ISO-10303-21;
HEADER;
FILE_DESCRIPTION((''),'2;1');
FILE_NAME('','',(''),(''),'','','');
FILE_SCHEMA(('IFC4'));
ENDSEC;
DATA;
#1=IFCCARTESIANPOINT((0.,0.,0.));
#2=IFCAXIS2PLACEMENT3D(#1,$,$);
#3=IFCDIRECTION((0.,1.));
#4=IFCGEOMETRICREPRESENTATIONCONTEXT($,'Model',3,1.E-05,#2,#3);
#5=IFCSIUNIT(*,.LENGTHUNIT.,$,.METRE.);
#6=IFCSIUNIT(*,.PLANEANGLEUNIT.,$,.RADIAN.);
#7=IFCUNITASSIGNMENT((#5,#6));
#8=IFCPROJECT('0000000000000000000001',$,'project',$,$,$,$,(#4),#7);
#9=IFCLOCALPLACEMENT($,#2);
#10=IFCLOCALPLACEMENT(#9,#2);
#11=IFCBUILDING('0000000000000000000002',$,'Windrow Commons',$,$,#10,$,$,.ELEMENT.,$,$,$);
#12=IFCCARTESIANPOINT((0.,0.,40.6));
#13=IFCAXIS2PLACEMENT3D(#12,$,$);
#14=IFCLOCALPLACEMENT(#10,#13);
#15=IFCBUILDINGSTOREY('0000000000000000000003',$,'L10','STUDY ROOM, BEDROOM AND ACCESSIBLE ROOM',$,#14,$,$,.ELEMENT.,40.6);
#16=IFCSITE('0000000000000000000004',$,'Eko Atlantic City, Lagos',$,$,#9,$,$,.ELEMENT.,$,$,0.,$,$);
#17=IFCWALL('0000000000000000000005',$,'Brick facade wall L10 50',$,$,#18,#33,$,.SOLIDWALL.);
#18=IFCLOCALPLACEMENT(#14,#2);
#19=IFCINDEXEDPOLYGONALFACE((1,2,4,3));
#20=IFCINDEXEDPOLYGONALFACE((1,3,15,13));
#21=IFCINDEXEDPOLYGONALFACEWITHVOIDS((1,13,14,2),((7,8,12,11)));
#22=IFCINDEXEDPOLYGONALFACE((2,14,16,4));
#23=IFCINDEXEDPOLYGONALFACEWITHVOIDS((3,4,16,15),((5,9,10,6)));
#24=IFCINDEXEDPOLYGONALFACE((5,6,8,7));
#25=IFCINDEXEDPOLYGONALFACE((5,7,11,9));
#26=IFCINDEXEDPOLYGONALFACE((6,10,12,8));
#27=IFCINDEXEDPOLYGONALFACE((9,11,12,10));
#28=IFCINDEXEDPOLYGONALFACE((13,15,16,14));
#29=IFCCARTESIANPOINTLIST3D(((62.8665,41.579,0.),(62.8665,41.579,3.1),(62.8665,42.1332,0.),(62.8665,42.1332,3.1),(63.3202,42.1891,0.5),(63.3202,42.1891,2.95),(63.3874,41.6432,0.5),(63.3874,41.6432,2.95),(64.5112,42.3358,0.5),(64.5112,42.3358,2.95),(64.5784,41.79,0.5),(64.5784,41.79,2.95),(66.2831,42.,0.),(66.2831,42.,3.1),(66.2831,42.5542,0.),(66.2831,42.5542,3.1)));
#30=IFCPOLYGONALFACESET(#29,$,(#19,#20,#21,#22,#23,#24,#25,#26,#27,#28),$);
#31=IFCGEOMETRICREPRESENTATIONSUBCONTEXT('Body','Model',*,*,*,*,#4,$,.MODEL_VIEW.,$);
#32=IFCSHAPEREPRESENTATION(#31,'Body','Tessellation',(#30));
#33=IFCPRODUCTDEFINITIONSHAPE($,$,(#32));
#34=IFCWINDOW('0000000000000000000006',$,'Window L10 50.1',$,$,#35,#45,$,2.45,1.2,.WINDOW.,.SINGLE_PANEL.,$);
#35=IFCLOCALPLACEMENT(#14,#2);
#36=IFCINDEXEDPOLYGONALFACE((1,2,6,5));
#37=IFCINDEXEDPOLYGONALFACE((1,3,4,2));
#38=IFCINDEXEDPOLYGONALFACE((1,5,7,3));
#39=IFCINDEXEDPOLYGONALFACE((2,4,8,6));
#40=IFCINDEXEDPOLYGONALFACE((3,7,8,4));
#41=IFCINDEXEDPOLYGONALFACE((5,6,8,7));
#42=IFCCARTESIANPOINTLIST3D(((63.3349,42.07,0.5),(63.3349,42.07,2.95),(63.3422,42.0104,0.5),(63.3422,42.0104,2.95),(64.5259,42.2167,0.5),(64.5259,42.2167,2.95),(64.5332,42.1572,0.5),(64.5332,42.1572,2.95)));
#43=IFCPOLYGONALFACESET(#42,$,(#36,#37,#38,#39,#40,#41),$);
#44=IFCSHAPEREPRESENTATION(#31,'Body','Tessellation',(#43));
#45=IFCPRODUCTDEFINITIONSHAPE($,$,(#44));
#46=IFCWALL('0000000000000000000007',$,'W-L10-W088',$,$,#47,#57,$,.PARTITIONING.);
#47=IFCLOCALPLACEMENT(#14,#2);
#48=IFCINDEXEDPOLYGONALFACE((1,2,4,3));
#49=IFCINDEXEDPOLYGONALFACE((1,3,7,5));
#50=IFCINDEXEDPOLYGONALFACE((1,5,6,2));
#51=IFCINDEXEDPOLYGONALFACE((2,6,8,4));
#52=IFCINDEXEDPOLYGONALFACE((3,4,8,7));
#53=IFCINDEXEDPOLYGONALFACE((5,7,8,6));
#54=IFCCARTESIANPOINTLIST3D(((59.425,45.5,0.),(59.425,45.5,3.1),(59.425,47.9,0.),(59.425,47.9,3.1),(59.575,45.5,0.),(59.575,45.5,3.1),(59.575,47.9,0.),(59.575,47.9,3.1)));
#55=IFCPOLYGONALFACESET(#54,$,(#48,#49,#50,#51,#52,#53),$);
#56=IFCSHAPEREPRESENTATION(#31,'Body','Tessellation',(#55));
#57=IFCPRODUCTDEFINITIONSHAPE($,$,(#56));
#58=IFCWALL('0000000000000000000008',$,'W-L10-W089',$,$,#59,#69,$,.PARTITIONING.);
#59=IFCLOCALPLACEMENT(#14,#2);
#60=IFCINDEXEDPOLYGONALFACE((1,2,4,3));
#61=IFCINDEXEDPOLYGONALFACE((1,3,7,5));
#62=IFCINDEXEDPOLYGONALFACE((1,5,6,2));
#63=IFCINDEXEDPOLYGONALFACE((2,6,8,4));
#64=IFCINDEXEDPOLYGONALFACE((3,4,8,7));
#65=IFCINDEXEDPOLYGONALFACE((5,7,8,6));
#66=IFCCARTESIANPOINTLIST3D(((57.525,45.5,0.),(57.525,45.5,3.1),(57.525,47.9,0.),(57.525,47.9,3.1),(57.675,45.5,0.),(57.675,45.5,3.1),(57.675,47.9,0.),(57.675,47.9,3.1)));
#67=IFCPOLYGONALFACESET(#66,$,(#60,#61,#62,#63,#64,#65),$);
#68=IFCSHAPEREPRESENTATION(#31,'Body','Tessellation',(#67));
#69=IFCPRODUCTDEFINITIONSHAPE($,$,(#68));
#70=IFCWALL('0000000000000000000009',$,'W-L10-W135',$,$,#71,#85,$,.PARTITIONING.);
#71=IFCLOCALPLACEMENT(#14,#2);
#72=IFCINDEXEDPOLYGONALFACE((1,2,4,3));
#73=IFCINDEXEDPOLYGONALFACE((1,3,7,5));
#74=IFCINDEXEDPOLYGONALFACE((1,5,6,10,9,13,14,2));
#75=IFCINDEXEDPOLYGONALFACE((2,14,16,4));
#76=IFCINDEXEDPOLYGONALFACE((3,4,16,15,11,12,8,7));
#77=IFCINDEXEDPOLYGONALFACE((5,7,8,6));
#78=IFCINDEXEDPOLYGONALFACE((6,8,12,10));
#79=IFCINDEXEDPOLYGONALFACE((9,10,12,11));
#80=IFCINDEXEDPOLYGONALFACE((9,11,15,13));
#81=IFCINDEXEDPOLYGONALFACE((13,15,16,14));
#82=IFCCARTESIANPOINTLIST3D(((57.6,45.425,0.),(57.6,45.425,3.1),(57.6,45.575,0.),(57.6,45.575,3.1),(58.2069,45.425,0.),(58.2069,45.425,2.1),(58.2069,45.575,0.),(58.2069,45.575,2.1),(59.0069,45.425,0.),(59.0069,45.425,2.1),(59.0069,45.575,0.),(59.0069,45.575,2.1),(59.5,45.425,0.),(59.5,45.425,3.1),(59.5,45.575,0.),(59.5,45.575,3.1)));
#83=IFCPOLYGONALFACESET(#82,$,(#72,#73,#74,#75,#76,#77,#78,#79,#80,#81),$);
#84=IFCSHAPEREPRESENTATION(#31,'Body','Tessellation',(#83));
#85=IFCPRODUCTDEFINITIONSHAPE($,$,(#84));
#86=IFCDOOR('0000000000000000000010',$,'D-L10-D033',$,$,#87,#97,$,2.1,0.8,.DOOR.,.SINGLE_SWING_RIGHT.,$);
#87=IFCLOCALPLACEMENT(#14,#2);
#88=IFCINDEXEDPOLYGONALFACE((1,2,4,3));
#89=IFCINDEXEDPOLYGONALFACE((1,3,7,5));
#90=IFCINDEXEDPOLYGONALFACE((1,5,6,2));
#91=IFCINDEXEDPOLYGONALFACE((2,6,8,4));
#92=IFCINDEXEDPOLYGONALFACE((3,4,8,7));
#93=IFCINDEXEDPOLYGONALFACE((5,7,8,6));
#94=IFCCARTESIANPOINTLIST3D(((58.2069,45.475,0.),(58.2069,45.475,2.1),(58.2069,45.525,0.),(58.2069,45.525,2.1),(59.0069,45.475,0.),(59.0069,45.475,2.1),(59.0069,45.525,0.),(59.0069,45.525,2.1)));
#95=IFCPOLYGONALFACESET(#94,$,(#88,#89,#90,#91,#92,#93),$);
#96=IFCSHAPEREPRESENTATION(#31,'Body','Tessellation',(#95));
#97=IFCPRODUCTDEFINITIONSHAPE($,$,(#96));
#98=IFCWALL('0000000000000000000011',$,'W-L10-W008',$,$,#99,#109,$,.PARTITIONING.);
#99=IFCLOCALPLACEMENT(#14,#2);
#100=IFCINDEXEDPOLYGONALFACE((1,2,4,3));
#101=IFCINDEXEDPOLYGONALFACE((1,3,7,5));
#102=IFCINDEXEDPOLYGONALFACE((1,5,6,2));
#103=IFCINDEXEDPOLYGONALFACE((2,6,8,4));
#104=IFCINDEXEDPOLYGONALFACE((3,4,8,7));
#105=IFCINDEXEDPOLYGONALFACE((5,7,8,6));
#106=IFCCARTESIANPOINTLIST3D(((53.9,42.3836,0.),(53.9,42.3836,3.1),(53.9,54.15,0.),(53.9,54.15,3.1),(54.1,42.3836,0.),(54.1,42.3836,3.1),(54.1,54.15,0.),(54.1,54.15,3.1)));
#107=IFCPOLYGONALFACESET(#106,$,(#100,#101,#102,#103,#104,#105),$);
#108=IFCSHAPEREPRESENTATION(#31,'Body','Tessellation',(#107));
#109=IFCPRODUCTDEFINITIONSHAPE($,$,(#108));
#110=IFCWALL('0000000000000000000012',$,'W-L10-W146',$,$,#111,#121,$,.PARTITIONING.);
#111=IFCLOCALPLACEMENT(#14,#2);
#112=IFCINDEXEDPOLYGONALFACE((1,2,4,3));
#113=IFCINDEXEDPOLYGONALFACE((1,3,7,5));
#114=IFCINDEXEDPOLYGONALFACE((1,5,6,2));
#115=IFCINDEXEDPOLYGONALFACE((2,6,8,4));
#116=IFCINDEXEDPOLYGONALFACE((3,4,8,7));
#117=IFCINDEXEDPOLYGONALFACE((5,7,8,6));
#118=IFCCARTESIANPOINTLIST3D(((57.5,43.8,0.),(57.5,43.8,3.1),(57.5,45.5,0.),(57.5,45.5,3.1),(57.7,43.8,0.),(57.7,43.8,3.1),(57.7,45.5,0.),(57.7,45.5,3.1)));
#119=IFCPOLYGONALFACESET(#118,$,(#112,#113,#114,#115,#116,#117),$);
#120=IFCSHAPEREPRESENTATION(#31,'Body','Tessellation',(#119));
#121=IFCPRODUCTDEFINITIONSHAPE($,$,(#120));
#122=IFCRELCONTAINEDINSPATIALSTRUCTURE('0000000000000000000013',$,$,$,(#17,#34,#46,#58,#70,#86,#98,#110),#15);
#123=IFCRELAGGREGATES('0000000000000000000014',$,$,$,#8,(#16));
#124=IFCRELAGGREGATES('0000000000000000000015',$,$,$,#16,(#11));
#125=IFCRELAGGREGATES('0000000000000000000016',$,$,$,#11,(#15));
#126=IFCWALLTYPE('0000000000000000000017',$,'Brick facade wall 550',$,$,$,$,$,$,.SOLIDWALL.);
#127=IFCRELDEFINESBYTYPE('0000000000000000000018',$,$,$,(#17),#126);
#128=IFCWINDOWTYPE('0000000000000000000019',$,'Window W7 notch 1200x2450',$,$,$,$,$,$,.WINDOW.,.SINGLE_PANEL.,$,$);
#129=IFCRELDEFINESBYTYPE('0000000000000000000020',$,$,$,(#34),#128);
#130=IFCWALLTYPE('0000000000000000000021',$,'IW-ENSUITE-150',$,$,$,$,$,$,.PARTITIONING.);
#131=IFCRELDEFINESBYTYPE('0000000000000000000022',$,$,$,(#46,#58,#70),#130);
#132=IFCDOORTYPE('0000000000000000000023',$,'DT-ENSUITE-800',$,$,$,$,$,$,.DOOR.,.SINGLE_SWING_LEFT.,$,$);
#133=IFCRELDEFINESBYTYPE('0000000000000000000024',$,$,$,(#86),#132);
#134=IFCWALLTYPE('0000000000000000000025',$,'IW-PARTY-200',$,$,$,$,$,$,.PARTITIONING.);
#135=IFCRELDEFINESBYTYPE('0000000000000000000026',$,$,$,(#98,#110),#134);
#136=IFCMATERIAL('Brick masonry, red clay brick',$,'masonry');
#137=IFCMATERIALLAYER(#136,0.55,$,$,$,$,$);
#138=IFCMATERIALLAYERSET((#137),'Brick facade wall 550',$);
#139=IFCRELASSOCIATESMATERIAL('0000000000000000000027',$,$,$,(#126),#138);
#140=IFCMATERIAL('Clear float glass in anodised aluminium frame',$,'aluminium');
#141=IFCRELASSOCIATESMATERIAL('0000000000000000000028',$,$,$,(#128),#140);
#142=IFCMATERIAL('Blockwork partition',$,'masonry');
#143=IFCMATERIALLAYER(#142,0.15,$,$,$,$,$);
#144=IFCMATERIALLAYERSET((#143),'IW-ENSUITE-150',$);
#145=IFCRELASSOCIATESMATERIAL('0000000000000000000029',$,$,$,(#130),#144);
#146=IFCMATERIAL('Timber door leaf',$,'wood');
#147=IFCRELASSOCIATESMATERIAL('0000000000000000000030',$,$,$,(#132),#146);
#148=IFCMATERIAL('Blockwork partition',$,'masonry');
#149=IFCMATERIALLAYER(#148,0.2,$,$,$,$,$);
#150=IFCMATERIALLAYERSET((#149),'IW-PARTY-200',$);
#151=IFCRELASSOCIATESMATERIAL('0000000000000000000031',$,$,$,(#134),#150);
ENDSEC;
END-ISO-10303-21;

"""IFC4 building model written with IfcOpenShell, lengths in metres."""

from ifc_helpers import new_model, si_unit, direction, frame, frame_2d, origin, place, context, subcontext, project, spatial, polyline, rectangle, outline, extrude, material, layer, layer_set, type_object, element, fill, save


model = new_model("IFC4")

# Units and contexts
model_context = context("Model", 3, precision=1e-05, world=origin(), true_north=direction((0.0, 1.0)))
body_context = subcontext(model_context, "Body", "Model", "MODEL_VIEW")
ifc_project = project(units=[si_unit("LENGTHUNIT", "METRE"), si_unit("PLANEANGLEUNIT", "RADIAN")], contexts=[model_context])

# Site, building, storey
site_placement = place(None, origin())
site = spatial("IfcSite", under=ifc_project, at=site_placement, Name="Eko Atlantic City, Lagos", CompositionType="ELEMENT", RefElevation=0.0)
building_placement = place(site_placement, origin())
building = spatial("IfcBuilding", under=site, at=building_placement, Name="Windrow Commons", CompositionType="ELEMENT")
storey_placement = place(building_placement, frame((0.0, 0.0, 40.6)))
storey = spatial("IfcBuildingStorey", under=building, at=storey_placement, Name="L10", Description="STUDY ROOM, BEDROOM AND ACCESSIBLE ROOM", CompositionType="ELEMENT", Elevation=40.6)

# Shared definitions
ifc_material_1 = material(Name="Brick masonry, red clay brick", Category="masonry")
ifc_layer_1 = layer(ifc_material_1, 0.55)
ifc_layer_set_1 = layer_set([ifc_layer_1], Name="Brick facade wall 550")
wall_type_1 = type_object("IfcWallType", Name="Brick facade wall 550", PredefinedType="SOLIDWALL", material=ifc_layer_set_1)
ifc_material_2 = material(Name="Clear float glass in anodised aluminium frame", Category="aluminium")
window_type = type_object("IfcWindowType", Name="Window W7 notch 1200x2450", PartitioningType="SINGLE_PANEL", PredefinedType="WINDOW", material=ifc_material_2)

# Wall, opening, window
wall_1_placement = place(storey_placement, frame((62.8665, 41.8561, 0.0), z_axis=(0.0, 0.0, 1.0), x_axis=(0.992494, 0.122297, 0.0)))
wall_1 = element("IfcWall", 1, at=wall_1_placement, inside=storey, type_object=wall_type_1, Name="Brick facade wall L10 50", PredefinedType="SOLIDWALL", context=body_context, shape_type="SweptSolid", body=[
    extrude(outline(polyline([(-0.0339, -0.275), (3.4086, -0.275), (3.4763, 0.275), (0.0339, 0.275), (-0.0339, -0.275)])), origin(), (0.0, 0.0, 1.0), 3.1),
])
opening_1_placement = place(wall_1_placement, frame((0.491, 0.0, 0.5)))
opening_1 = element("IfcOpeningElement", 2, at=opening_1_placement, cuts=wall_1, PredefinedType="OPENING", context=body_context, shape_type="SweptSolid", body=[
    extrude(rectangle(XDim=1.2, YDim=2.45, at=frame_2d((0.6, 1.225))), frame((0.0, 0.285, 0.0), z_axis=(0.0, -1.0, 0.0), x_axis=(1.0, 0.0, 0.0)), (0.0, 0.0, 1.0), 0.57),
])
window_1_placement = place(opening_1_placement, origin())
window_1 = element("IfcWindow", 3, at=window_1_placement, inside=storey, type_object=window_type, Name="Window L10 50.1", OverallHeight=2.45, OverallWidth=1.2, PartitioningType="SINGLE_PANEL", PredefinedType="WINDOW", context=body_context, shape_type="SweptSolid", body=[
    extrude(rectangle(XDim=1.2, YDim=2.45, at=frame_2d((0.6, 1.225))), frame((0.0, 0.155, 0.0), z_axis=(0.0, -1.0, 0.0), x_axis=(1.0, 0.0, 0.0)), (0.0, 0.0, 1.0), 0.06),
])
fill(opening_1, window_1)

# Walls
ifc_material_3 = material(Name="Blockwork partition", Category="masonry")
ifc_layer_2 = layer(ifc_material_3, 0.15)
ifc_layer_set_2 = layer_set([ifc_layer_2], Name="IW-ENSUITE-150")
wall_type_2 = type_object("IfcWallType", Name="IW-ENSUITE-150", PredefinedType="PARTITIONING", material=ifc_layer_set_2)
for number, where, z_axis, x_axis, name in (
    (4, (59.5, 45.5, 0.0), (0.0, 0.0, 1.0), (0.0, 1.0, 0.0), "W-L10-W088"),
    (5, (57.6, 45.5, 0.0), (0.0, 0.0, 1.0), (0.0, 1.0, 0.0), "W-L10-W089"),
):
    element("IfcWall", number, at=place(storey_placement, frame(where, z_axis=z_axis, x_axis=x_axis)), inside=storey, type_object=wall_type_2, Name=name, PredefinedType="PARTITIONING", context=body_context, shape_type="SweptSolid", body=[
        extrude(rectangle(XDim=2.4, YDim=0.15, at=frame_2d((1.2, 0.0))), origin(), (0.0, 0.0, 1.0), 3.1),
    ])

# Wall, opening, door
wall_2_placement = place(storey_placement, frame((57.6, 45.5, 0.0), z_axis=(0.0, 0.0, 1.0), x_axis=(1.0, 0.0, 0.0)))
wall_2 = element("IfcWall", 6, at=wall_2_placement, inside=storey, type_object=wall_type_2, Name="W-L10-W135", PredefinedType="PARTITIONING", context=body_context, shape_type="SweptSolid", body=[
    extrude(rectangle(XDim=1.9, YDim=0.15, at=frame_2d((0.95, 0.0))), origin(), (0.0, 0.0, 1.0), 3.1),
])
opening_2_placement = place(wall_2_placement, frame((0.6069, 0.0, 0.0)))
opening_2 = element("IfcOpeningElement", 7, at=opening_2_placement, cuts=wall_2, PredefinedType="OPENING", context=body_context, shape_type="SweptSolid", body=[
    extrude(rectangle(XDim=0.8, YDim=2.1, at=frame_2d((0.4, 1.05))), frame((0.0, 0.085, 0.0), z_axis=(0.0, -1.0, 0.0), x_axis=(1.0, 0.0, 0.0)), (0.0, 0.0, 1.0), 0.17),
])
ifc_material_4 = material(Name="Timber door leaf", Category="wood")
door_type = type_object("IfcDoorType", Name="DT-ENSUITE-800", OperationType="SINGLE_SWING_LEFT", PredefinedType="DOOR", material=ifc_material_4)
door_placement = place(opening_2_placement, origin())
door = element("IfcDoor", 8, at=door_placement, inside=storey, type_object=door_type, Name="D-L10-D033", OperationType="SINGLE_SWING_RIGHT", OverallHeight=2.1, OverallWidth=0.8, PredefinedType="DOOR", context=body_context, shape_type="SweptSolid", body=[
    extrude(rectangle(XDim=0.8, YDim=2.1, at=frame_2d((0.4, 1.05))), frame((0.0, 0.025, 0.0), z_axis=(0.0, -1.0, 0.0), x_axis=(1.0, 0.0, 0.0)), (0.0, 0.0, 1.0), 0.05),
])
fill(opening_2, door)

# Walls
ifc_material_5 = material(Name="Blockwork partition", Category="masonry")
ifc_layer_3 = layer(ifc_material_5, 0.2)
ifc_layer_set_3 = layer_set([ifc_layer_3], Name="IW-PARTY-200")
wall_type_3 = type_object("IfcWallType", Name="IW-PARTY-200", PredefinedType="PARTITIONING", material=ifc_layer_set_3)
wall_3_placement = place(storey_placement, frame((54.0, 42.3837, 0.0), z_axis=(0.0, 0.0, 1.0), x_axis=(0.0, 1.0, 0.0)))
element("IfcWall", 9, at=wall_3_placement, inside=storey, type_object=wall_type_3, Name="W-L10-W008", PredefinedType="PARTITIONING", context=body_context, shape_type="SweptSolid", body=[
    extrude(rectangle(XDim=11.7663, YDim=0.2, at=frame_2d((5.8831, 0.0))), origin(), (0.0, 0.0, 1.0), 3.1),
])
wall_4_placement = place(storey_placement, frame((57.6, 43.8, 0.0), z_axis=(0.0, 0.0, 1.0), x_axis=(0.0, 1.0, 0.0)))
element("IfcWall", 10, at=wall_4_placement, inside=storey, type_object=wall_type_3, Name="W-L10-W146", PredefinedType="PARTITIONING", context=body_context, shape_type="SweptSolid", body=[
    extrude(rectangle(XDim=1.7, YDim=0.2, at=frame_2d((0.85, 0.0))), origin(), (0.0, 0.0, 1.0), 3.1),
])

save(model, "model.ifc")
